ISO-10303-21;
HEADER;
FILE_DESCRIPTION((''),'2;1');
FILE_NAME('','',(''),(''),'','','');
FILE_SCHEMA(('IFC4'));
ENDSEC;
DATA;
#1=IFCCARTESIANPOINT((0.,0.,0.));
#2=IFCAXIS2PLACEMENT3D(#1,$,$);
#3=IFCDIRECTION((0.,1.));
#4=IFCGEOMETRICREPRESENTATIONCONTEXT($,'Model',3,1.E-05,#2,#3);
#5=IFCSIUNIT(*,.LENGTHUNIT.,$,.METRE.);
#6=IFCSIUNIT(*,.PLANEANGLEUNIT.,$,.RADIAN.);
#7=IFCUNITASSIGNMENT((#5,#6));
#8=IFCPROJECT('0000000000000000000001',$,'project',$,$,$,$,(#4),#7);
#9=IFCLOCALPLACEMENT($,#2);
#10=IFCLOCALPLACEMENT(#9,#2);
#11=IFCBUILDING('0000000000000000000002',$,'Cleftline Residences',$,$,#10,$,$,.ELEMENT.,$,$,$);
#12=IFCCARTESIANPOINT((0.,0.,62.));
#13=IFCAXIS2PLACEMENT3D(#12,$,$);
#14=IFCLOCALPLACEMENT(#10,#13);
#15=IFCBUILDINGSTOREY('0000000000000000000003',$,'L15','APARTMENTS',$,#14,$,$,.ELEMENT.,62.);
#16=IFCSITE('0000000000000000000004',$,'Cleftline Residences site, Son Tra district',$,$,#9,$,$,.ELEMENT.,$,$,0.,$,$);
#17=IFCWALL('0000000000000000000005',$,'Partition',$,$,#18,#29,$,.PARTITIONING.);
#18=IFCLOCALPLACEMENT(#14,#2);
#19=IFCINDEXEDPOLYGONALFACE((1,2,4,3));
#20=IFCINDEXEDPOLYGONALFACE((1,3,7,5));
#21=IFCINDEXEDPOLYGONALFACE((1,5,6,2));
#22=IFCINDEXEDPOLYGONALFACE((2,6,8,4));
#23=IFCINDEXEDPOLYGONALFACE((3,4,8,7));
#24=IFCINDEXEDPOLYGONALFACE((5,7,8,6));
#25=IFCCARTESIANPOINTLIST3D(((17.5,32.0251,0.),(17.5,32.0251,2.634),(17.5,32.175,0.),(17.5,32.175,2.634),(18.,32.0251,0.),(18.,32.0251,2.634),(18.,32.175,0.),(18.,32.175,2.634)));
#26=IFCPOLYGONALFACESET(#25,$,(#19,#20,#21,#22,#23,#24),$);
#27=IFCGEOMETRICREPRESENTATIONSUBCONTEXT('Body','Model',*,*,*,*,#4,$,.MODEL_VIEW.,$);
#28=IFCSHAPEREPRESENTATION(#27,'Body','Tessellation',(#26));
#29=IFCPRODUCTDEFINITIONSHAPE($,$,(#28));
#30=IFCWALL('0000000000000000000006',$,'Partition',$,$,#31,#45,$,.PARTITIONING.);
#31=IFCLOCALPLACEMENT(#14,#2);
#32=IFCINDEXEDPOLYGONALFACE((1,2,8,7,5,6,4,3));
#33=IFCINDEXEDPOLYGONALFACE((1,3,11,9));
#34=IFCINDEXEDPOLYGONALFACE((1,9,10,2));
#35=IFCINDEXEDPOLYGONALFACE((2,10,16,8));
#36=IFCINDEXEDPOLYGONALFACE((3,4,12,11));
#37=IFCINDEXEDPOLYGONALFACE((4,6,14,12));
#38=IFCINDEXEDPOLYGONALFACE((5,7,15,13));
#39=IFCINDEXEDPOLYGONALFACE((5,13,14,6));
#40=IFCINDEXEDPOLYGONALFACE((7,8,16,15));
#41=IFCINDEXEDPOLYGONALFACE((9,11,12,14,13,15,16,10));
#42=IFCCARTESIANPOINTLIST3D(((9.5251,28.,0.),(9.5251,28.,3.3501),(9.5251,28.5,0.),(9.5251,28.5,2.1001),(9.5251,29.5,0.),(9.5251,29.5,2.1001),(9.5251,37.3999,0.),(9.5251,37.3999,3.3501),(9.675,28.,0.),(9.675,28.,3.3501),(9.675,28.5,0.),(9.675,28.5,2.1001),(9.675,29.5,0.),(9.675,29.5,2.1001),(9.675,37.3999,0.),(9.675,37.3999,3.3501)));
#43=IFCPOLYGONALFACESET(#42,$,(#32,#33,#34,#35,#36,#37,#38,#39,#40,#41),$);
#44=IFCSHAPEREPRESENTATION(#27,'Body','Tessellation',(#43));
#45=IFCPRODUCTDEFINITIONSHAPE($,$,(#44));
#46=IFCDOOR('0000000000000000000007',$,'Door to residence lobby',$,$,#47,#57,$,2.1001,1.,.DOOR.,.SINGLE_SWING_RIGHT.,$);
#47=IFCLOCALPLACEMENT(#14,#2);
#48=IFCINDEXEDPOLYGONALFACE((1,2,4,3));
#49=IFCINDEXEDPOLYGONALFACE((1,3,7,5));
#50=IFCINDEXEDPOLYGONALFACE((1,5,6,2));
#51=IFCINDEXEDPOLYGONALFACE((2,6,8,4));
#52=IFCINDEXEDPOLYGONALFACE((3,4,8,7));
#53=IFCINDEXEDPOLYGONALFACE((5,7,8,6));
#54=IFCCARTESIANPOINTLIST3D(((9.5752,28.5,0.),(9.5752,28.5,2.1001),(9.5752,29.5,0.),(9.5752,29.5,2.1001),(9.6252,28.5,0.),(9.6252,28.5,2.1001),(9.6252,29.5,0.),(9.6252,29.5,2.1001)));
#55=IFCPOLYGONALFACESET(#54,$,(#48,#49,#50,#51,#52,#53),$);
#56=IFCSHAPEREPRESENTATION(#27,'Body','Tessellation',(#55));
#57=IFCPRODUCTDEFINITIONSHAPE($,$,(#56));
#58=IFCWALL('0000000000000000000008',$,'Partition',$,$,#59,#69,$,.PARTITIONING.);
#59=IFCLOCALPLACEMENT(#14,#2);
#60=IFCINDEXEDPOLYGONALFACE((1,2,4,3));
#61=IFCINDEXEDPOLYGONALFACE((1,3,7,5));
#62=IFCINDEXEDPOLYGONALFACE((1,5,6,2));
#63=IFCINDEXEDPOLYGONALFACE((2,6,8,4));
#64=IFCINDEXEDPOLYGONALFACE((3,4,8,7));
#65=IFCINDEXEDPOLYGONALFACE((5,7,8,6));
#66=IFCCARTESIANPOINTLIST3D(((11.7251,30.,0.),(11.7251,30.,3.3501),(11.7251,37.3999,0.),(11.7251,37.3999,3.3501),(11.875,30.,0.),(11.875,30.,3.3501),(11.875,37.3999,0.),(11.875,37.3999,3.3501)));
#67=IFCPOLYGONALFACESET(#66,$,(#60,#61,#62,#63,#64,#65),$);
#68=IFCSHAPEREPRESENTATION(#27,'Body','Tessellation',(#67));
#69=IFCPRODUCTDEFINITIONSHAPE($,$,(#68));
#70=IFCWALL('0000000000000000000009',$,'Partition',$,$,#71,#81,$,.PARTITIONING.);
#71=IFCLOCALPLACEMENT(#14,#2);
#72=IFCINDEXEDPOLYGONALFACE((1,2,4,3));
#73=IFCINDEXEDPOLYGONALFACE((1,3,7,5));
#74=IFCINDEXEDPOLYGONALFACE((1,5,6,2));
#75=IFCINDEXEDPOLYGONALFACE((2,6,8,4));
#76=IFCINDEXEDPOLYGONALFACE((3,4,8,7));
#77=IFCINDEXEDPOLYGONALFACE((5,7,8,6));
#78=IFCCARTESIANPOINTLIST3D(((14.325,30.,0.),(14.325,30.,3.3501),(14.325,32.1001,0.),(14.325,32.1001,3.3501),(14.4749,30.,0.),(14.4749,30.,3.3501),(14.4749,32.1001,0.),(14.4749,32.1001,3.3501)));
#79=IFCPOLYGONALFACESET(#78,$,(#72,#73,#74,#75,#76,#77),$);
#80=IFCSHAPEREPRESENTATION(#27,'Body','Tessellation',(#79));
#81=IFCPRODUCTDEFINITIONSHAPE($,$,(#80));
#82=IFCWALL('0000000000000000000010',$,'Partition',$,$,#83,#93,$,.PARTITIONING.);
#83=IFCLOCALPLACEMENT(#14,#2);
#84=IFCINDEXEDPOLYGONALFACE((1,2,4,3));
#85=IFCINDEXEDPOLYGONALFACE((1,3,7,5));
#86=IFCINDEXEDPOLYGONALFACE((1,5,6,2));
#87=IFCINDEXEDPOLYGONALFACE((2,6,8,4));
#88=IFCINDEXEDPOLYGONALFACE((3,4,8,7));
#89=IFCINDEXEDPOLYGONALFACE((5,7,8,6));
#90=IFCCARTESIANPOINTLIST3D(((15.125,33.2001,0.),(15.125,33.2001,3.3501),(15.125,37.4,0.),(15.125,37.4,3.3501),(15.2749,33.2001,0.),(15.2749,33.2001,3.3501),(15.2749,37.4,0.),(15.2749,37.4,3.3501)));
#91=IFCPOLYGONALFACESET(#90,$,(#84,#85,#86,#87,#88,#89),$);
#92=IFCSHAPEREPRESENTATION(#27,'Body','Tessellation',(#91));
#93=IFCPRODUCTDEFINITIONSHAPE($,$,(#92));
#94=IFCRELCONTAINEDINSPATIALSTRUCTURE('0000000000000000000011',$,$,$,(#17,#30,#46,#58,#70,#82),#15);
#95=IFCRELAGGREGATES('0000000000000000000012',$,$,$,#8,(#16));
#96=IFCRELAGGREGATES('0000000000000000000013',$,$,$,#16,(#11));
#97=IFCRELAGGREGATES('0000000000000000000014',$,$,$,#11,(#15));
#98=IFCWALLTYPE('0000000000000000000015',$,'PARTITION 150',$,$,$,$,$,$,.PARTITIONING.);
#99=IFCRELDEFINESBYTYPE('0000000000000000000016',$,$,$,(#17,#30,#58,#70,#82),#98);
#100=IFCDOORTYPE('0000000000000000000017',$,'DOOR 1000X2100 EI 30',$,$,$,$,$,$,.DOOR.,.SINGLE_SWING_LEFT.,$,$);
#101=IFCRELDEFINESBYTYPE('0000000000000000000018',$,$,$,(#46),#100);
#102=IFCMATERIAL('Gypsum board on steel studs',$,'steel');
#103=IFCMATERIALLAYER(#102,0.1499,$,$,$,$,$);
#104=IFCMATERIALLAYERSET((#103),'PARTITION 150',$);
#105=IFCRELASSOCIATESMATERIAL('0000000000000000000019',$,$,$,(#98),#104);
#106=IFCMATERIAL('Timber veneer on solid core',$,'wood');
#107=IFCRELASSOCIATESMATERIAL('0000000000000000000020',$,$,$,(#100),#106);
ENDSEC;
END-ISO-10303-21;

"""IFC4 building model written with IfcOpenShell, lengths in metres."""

from ifc_helpers import new_model, si_unit, direction, frame, frame_2d, origin, place, context, subcontext, project, spatial, rectangle, extrude, material, layer, layer_set, type_object, element, fill, save


model = new_model("IFC4")

# Units and contexts
model_context = context("Model", 3, precision=1e-05, world=origin(), true_north=direction((0.0, 1.0)))
body_context = subcontext(model_context, "Body", "Model", "MODEL_VIEW")
ifc_project = project(units=[si_unit("LENGTHUNIT", "METRE"), si_unit("PLANEANGLEUNIT", "RADIAN")], contexts=[model_context])

# Site, building, storey
site_placement = place(None, origin())
site = spatial("IfcSite", under=ifc_project, at=site_placement, Name="Cleftline Residences site, Son Tra district", CompositionType="ELEMENT", RefElevation=0.0)
building_placement = place(site_placement, origin())
building = spatial("IfcBuilding", under=site, at=building_placement, Name="Cleftline Residences", CompositionType="ELEMENT")
storey_placement = place(building_placement, frame((0.0, 0.0, 62.0)))
storey = spatial("IfcBuildingStorey", under=building, at=storey_placement, Name="L15", Description="APARTMENTS", CompositionType="ELEMENT", Elevation=62.0)

# Shared definitions
ifc_material_1 = material(Name="Gypsum board on steel studs", Category="steel")
ifc_layer_1 = layer(ifc_material_1, 0.1499)
ifc_layer_set_1 = layer_set([ifc_layer_1], Name="PARTITION 150")
wall_type_1 = type_object("IfcWallType", Name="PARTITION 150", PredefinedType="PARTITIONING", material=ifc_layer_set_1)

# Wall
wall_1_placement = place(storey_placement, frame((17.5, 32.1001, 0.0), z_axis=(0.0, 0.0, 1.0), x_axis=(1.0, 0.0, 0.0)))
element("IfcWall", 1, at=wall_1_placement, inside=storey, type_object=wall_type_1, Name="Partition", PredefinedType="PARTITIONING", context=body_context, shape_type="SweptSolid", body=[
    extrude(rectangle(XDim=0.5, YDim=0.1499, at=frame_2d((0.25, 0.0))), origin(), (0.0, 0.0, 1.0), 2.634),
])

# Wall, opening, door
wall_2_placement = place(storey_placement, frame((9.6001, 28.0, 0.0), z_axis=(0.0, 0.0, 1.0), x_axis=(0.0, 1.0, 0.0)))
wall_2 = element("IfcWall", 2, at=wall_2_placement, inside=storey, type_object=wall_type_1, Name="Partition", PredefinedType="PARTITIONING", context=body_context, shape_type="SweptSolid", body=[
    extrude(rectangle(XDim=9.3999, YDim=0.1499, at=frame_2d((4.7, 0.0))), origin(), (0.0, 0.0, 1.0), 3.3501),
])
opening_1_placement = place(wall_2_placement, frame((0.5, 0.0, 0.0)))
opening_1 = element("IfcOpeningElement", 3, at=opening_1_placement, cuts=wall_2, PredefinedType="OPENING", context=body_context, shape_type="SweptSolid", body=[
    extrude(rectangle(XDim=1.0, YDim=2.1001, at=frame_2d((0.5, 1.05))), frame((0.0, 0.085, 0.0), z_axis=(0.0, -1.0, 0.0), x_axis=(1.0, 0.0, 0.0)), (0.0, 0.0, 1.0), 0.1699),
])
ifc_material_2 = material(Name="Timber veneer on solid core", Category="wood")
door_type_1 = type_object("IfcDoorType", Name="DOOR 1000X2100 EI 30", OperationType="SINGLE_SWING_LEFT", PredefinedType="DOOR", material=ifc_material_2)
door_1_placement = place(opening_1_placement, origin())
door_1 = element("IfcDoor", 4, at=door_1_placement, inside=storey, type_object=door_type_1, Name="Door to residence lobby", OperationType="SINGLE_SWING_RIGHT", OverallHeight=2.1001, OverallWidth=1.0, PredefinedType="DOOR", context=body_context, shape_type="SweptSolid", body=[
    extrude(rectangle(XDim=1.0, YDim=2.1001, at=frame_2d((0.5, 1.05))), frame((0.0, 0.0249, 0.0), z_axis=(0.0, -1.0, 0.0), x_axis=(1.0, 0.0, 0.0)), (0.0, 0.0, 1.0), 0.05),
])
fill(opening_1, door_1)

# Walls
wall_3_placement = place(storey_placement, frame((11.8, 30.0, 0.0), z_axis=(0.0, 0.0, 1.0), x_axis=(0.0, 1.0, 0.0)))
element("IfcWall", 5, at=wall_3_placement, inside=storey, type_object=wall_type_1, Name="Partition", PredefinedType="PARTITIONING", context=body_context, shape_type="SweptSolid", body=[
    extrude(rectangle(XDim=7.3999, YDim=0.1499, at=frame_2d((3.7, 0.0))), origin(), (0.0, 0.0, 1.0), 3.3501),
])
wall_4_placement = place(storey_placement, frame((14.3999, 30.0, 0.0), z_axis=(0.0, 0.0, 1.0), x_axis=(0.0, 1.0, 0.0)))
element("IfcWall", 6, at=wall_4_placement, inside=storey, type_object=wall_type_1, Name="Partition", PredefinedType="PARTITIONING", context=body_context, shape_type="SweptSolid", body=[
    extrude(rectangle(XDim=2.1001, YDim=0.1499, at=frame_2d((1.05, 0.0))), origin(), (0.0, 0.0, 1.0), 3.3501),
])
wall_5_placement = place(storey_placement, frame((15.2, 33.2, 0.0), z_axis=(0.0, 0.0, 1.0), x_axis=(0.0, 1.0, 0.0)))
element("IfcWall", 7, at=wall_5_placement, inside=storey, type_object=wall_type_1, Name="Partition", PredefinedType="PARTITIONING", context=body_context, shape_type="SweptSolid", body=[
    extrude(rectangle(XDim=4.2, YDim=0.1499, at=frame_2d((2.1001, 0.0))), origin(), (0.0, 0.0, 1.0), 3.3501),
])

save(model, "model.ifc")
